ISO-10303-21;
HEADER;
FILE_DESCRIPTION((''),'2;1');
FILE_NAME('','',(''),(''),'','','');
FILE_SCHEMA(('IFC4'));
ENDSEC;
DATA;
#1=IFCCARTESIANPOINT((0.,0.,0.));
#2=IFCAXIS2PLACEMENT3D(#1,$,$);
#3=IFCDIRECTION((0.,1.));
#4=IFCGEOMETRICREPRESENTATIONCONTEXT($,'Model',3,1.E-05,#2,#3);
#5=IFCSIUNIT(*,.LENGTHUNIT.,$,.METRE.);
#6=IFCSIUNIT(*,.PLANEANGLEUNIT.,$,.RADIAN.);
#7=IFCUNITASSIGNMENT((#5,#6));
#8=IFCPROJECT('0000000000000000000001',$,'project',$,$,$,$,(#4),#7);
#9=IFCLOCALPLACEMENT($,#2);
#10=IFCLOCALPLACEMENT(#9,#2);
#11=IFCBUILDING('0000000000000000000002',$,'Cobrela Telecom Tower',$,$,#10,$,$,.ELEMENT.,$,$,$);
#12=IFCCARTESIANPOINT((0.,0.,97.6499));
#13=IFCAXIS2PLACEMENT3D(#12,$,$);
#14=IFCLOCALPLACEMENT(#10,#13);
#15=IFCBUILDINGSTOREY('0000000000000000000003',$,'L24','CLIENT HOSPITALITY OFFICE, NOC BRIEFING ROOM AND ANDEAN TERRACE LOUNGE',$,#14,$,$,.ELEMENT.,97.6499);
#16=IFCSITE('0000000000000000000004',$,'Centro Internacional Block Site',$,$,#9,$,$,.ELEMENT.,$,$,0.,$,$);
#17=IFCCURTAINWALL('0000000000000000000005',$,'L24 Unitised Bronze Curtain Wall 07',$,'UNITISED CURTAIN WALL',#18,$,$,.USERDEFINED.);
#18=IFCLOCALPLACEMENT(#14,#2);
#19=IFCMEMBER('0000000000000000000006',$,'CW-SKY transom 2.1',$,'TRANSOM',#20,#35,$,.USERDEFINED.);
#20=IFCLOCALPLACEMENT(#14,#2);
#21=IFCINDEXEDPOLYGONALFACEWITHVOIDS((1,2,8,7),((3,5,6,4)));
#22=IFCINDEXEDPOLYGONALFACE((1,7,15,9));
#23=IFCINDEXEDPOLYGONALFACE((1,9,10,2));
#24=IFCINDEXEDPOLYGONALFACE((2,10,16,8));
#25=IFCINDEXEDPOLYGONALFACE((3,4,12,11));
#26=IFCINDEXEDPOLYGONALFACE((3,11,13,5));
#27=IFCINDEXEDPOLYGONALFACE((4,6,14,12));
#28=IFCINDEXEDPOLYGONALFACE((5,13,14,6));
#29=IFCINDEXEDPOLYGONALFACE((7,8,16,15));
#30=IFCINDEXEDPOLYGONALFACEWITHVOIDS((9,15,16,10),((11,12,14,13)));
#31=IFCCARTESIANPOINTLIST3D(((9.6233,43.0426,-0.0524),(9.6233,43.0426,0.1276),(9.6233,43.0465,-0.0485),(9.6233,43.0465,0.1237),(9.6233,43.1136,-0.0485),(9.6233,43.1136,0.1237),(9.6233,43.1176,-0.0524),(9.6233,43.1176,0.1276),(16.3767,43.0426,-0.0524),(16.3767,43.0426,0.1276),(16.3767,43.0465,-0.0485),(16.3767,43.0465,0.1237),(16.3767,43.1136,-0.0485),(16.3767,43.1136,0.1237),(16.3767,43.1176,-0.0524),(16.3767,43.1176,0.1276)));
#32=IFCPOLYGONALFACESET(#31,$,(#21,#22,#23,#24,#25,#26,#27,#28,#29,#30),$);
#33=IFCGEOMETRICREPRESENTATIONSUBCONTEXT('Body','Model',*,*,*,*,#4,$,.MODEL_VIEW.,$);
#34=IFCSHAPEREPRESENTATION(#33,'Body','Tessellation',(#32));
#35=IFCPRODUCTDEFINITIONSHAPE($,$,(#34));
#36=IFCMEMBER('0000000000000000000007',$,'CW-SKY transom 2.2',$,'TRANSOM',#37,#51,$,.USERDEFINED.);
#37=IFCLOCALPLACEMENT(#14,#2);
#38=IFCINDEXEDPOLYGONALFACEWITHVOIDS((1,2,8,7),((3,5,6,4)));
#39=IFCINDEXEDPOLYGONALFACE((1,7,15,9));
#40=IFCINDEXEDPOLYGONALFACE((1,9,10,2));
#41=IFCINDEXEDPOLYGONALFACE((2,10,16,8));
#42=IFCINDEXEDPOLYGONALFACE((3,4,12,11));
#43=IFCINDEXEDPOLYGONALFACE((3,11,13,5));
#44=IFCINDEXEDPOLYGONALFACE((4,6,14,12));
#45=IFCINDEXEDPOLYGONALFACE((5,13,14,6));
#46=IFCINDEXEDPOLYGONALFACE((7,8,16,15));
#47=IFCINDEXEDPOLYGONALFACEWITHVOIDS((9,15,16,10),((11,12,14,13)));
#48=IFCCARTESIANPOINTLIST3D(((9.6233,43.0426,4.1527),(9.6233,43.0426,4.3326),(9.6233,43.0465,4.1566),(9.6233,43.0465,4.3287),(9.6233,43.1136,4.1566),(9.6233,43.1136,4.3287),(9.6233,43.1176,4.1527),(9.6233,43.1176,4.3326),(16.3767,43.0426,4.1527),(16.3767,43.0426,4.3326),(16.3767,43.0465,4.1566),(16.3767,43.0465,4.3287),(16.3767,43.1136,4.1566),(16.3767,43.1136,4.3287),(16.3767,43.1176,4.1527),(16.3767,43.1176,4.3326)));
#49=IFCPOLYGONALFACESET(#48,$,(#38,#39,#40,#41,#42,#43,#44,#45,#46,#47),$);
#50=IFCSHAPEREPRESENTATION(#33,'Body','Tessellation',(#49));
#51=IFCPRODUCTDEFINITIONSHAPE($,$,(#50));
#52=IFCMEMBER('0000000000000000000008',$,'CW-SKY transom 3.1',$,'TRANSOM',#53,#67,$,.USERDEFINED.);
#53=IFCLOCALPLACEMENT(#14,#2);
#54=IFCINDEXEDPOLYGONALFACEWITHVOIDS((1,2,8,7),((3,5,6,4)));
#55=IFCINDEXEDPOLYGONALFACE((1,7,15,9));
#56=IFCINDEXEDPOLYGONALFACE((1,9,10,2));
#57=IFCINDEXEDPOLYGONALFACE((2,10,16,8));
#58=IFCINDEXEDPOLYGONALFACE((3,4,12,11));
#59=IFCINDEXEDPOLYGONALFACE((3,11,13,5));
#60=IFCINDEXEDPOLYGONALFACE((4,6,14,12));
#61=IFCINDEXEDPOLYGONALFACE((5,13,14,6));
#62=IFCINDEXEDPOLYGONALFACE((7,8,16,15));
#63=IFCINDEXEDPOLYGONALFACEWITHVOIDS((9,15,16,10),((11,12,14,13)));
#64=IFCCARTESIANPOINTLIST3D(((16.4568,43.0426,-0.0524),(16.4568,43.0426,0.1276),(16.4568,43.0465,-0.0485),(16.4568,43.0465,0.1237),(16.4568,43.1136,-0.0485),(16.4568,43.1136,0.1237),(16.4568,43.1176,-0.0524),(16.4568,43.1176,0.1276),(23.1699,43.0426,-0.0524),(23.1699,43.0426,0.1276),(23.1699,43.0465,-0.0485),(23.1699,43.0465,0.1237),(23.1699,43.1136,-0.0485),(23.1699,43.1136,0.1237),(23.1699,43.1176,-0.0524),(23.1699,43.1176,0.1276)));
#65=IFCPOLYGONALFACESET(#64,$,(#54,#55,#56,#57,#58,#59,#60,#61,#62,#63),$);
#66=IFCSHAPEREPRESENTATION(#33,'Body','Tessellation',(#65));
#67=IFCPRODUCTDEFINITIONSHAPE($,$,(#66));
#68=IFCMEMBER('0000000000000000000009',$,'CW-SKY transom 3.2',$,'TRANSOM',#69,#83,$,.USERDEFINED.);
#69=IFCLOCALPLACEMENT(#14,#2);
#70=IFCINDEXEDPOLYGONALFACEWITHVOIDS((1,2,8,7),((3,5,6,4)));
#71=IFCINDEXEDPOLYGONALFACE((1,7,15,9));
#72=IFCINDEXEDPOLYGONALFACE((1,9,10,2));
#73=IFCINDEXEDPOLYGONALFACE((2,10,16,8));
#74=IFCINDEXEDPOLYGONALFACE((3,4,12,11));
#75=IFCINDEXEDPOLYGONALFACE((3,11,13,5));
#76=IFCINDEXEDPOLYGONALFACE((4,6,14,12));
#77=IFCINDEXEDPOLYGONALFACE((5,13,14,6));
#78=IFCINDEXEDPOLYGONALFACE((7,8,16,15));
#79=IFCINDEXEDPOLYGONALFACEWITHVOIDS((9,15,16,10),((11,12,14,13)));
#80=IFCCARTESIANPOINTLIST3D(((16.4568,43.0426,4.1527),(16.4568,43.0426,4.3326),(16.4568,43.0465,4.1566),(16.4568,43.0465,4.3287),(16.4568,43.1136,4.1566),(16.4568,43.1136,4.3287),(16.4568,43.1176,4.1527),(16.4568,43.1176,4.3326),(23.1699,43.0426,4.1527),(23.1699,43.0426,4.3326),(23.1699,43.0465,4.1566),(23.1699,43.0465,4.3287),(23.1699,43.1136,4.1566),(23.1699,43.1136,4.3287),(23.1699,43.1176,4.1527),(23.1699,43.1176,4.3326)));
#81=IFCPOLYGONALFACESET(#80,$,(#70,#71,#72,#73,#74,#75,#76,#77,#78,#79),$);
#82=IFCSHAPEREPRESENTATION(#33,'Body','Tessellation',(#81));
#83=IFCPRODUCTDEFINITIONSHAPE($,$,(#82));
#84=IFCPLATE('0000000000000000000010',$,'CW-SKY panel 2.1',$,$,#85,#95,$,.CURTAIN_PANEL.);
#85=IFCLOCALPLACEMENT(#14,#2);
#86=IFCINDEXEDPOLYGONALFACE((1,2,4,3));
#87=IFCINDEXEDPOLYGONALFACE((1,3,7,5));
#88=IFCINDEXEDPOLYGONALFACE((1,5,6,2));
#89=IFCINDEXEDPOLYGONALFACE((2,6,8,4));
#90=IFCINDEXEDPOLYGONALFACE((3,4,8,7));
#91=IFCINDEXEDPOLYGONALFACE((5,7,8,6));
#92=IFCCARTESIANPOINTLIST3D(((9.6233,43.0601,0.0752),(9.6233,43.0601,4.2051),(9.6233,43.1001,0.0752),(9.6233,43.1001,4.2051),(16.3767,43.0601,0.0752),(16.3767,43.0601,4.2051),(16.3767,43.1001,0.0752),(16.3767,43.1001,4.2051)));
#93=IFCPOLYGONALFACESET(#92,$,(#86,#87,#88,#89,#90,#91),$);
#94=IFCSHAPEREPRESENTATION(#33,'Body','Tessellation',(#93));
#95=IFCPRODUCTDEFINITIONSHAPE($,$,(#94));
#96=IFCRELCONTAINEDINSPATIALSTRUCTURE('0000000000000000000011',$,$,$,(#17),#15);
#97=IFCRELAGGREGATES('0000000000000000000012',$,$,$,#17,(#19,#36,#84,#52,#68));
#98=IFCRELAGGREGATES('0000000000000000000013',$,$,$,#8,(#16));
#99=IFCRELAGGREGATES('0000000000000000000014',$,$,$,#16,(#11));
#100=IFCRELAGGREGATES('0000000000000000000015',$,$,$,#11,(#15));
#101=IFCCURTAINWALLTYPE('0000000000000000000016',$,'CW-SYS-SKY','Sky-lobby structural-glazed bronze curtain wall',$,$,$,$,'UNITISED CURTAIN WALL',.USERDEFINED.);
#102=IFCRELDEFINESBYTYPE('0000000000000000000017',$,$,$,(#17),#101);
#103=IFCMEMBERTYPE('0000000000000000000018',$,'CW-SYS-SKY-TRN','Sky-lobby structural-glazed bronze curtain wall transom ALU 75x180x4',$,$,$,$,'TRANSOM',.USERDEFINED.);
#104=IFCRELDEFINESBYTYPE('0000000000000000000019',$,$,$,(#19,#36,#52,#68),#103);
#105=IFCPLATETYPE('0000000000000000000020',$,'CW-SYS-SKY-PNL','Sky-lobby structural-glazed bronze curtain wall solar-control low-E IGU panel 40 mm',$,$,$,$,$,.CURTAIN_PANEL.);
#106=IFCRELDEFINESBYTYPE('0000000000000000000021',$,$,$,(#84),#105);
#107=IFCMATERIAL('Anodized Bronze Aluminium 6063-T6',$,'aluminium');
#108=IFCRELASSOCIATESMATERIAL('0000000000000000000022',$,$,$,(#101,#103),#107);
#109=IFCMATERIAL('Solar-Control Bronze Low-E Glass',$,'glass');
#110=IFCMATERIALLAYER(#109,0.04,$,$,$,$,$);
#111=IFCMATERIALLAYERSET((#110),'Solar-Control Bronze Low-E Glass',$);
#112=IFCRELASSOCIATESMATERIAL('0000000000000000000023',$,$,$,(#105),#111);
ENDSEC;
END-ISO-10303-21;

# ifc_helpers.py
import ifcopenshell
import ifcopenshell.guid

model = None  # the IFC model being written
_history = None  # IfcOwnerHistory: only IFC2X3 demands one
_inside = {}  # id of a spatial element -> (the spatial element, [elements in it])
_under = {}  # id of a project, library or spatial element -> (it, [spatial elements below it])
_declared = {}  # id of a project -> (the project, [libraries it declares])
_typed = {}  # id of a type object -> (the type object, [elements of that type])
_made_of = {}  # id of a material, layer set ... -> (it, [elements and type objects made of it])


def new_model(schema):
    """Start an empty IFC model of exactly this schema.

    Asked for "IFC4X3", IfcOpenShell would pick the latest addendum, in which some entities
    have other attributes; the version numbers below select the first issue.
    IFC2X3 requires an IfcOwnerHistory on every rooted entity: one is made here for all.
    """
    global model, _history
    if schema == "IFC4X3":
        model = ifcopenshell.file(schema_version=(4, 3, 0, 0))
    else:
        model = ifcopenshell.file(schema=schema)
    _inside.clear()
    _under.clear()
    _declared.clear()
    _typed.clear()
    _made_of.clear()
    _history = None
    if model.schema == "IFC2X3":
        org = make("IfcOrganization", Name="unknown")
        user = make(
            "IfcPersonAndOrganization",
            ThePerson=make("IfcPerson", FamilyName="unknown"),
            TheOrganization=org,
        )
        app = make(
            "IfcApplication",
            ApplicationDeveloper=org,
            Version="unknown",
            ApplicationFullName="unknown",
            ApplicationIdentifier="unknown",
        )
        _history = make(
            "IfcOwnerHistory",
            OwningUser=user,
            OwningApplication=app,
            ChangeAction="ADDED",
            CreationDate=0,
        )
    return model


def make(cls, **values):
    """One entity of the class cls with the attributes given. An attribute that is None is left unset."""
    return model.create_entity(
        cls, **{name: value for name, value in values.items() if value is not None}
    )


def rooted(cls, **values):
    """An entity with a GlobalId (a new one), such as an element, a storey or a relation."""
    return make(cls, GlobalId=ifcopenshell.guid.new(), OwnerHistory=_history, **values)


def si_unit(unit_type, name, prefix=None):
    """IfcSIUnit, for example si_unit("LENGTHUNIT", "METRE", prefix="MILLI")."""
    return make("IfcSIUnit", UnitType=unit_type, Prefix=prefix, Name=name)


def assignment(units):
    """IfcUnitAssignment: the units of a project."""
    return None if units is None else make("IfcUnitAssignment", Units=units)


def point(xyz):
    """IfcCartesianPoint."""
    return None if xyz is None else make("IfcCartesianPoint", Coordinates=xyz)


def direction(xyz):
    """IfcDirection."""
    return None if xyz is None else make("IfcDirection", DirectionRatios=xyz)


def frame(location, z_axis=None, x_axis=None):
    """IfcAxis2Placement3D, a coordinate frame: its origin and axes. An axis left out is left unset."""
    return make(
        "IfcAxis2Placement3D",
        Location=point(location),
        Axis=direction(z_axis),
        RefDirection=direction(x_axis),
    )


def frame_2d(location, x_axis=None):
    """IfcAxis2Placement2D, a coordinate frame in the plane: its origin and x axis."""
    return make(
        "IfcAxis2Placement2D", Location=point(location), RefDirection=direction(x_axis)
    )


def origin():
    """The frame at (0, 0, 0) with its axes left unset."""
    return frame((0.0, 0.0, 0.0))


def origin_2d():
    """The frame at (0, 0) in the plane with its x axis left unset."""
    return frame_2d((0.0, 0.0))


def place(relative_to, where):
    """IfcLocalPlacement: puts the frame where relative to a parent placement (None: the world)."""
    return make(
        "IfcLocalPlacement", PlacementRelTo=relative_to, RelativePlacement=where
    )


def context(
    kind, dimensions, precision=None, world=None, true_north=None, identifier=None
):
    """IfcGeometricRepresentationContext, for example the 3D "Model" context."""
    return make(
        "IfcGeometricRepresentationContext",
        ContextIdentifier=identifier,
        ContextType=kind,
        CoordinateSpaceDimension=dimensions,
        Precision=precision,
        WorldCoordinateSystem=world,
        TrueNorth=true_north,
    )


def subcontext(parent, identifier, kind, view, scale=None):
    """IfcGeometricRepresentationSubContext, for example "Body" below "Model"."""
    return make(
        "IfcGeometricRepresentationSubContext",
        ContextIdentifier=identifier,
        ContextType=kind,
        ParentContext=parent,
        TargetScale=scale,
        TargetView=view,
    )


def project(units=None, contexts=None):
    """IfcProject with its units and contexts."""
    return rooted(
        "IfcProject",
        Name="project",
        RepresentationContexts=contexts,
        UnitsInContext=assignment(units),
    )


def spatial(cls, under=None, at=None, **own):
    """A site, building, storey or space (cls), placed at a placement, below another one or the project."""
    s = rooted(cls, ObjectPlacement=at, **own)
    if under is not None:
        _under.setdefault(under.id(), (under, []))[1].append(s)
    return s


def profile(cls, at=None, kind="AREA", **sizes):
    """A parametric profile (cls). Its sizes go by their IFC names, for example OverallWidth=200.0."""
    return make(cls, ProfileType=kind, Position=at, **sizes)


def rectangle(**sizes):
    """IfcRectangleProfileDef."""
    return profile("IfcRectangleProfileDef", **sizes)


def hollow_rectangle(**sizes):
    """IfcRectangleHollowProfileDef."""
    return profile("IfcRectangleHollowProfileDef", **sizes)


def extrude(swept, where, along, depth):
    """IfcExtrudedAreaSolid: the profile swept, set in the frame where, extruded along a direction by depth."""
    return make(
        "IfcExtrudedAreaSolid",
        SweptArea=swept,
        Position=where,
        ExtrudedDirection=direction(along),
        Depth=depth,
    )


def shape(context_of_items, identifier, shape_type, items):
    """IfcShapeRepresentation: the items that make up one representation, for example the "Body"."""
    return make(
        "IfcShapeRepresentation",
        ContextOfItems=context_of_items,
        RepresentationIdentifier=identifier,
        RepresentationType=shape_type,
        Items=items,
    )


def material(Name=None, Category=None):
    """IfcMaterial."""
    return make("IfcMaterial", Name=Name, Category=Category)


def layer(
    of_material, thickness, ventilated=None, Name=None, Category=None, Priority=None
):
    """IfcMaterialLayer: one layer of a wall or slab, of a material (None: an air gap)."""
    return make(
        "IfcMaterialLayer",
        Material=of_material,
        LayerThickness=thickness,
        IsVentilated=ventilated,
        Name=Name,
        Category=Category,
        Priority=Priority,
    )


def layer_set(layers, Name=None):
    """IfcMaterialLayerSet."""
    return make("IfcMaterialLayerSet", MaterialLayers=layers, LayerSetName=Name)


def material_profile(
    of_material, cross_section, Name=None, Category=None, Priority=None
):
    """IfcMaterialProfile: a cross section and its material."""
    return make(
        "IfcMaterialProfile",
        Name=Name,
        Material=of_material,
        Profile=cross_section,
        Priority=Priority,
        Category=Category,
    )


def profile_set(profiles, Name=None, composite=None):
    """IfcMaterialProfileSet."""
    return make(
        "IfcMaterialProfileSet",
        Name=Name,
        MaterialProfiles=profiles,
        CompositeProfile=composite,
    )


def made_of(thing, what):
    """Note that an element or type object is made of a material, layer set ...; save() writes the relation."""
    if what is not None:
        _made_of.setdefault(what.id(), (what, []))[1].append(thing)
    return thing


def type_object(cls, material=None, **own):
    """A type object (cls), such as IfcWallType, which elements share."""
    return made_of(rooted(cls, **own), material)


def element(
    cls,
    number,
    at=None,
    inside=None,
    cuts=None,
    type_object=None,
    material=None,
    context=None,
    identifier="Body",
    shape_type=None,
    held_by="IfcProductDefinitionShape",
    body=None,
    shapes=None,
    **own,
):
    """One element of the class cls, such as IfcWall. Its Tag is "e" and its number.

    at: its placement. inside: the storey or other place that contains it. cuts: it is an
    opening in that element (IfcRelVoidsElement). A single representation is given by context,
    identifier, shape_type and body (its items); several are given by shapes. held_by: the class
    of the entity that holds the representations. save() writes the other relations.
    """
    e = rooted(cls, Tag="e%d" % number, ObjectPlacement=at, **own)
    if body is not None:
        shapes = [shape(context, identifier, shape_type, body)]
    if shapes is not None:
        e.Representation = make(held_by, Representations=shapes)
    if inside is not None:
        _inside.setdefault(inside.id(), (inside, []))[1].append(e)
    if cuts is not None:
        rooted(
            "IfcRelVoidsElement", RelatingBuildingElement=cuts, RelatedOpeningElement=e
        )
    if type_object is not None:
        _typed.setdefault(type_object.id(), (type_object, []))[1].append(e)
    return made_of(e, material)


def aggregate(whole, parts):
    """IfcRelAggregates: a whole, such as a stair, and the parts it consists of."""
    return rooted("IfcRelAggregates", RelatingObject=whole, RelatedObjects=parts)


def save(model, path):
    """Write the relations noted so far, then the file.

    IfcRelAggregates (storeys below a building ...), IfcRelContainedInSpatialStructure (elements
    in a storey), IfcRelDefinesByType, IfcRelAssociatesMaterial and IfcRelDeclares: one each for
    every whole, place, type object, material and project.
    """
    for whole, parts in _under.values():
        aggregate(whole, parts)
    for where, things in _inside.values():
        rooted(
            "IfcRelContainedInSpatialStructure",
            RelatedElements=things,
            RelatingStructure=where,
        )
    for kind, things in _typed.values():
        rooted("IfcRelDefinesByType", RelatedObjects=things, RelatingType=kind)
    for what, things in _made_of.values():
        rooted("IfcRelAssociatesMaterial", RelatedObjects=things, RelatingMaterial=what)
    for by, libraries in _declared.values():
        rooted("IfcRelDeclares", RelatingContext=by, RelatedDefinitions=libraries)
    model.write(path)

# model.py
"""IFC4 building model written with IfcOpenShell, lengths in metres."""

from ifc_helpers import new_model, si_unit, direction, frame, origin, origin_2d, place, context, subcontext, project, spatial, rectangle, hollow_rectangle, extrude, material, layer, layer_set, material_profile, profile_set, type_object, element, aggregate, save


model = new_model("IFC4")

# Units and contexts
model_context = context("Model", 3, precision=1e-05, world=origin(), true_north=direction((0.0, 1.0)))
body_context = subcontext(model_context, "Body", "Model", "MODEL_VIEW")
ifc_project = project(units=[si_unit("LENGTHUNIT", "METRE"), si_unit("PLANEANGLEUNIT", "RADIAN")], contexts=[model_context])

# Site, building, storey
site_placement = place(None, origin())
site = spatial("IfcSite", under=ifc_project, at=site_placement, Name="Centro Internacional Block Site", CompositionType="ELEMENT", RefElevation=0.0)
building_placement = place(site_placement, origin())
building = spatial("IfcBuilding", under=site, at=building_placement, Name="Cobrela Telecom Tower", CompositionType="ELEMENT")
storey_placement = place(building_placement, frame((0.0, 0.0, 97.6499)))
storey = spatial("IfcBuildingStorey", under=building, at=storey_placement, Name="L24", Description="CLIENT HOSPITALITY OFFICE, NOC BRIEFING ROOM AND ANDEAN TERRACE LOUNGE", CompositionType="ELEMENT", Elevation=97.6499)

# Curtain wall, members, plate
ifc_material_1 = material(Name="Anodized Bronze Aluminium 6063-T6", Category="aluminium")
curtain_wall_type = type_object("IfcCurtainWallType", Name="CW-SYS-SKY", Description="Sky-lobby structural-glazed bronze curtain wall", ElementType="UNITISED CURTAIN WALL", PredefinedType="USERDEFINED", material=ifc_material_1)
curtain_wall_placement = place(storey_placement, origin())
curtain_wall = element("IfcCurtainWall", 1, at=curtain_wall_placement, inside=storey, type_object=curtain_wall_type, Name="L24 Unitised Bronze Curtain Wall 07", ObjectType="UNITISED CURTAIN WALL", PredefinedType="USERDEFINED")
ifc_material_profile_1 = material_profile(ifc_material_1, hollow_rectangle(XDim=0.075, YDim=0.1799, WallThickness=0.0039, at=origin_2d()), Name="ALU 75x180x4")
ifc_profile_set_1 = profile_set([ifc_material_profile_1], Name="Anodized Bronze Aluminium 6063-T6")
member_type_1 = type_object("IfcMemberType", Name="CW-SYS-SKY-TRN", Description="Sky-lobby structural-glazed bronze curtain wall transom ALU 75x180x4", ElementType="TRANSOM", PredefinedType="USERDEFINED", material=ifc_profile_set_1)
member_1_placement = place(storey_placement, frame((9.6233, 43.0801, 0.0376), z_axis=(1.0, 0.0, 0.0), x_axis=(0.0, 1.0, 0.0)))
member_1 = element("IfcMember", 2, at=member_1_placement, type_object=member_type_1, Name="CW-SKY transom 2.1", ObjectType="TRANSOM", PredefinedType="USERDEFINED", context=body_context, shape_type="SweptSolid", body=[
    extrude(hollow_rectangle(XDim=0.075, YDim=0.1799, WallThickness=0.0039, at=origin_2d()), origin(), (0.0, 0.0, 1.0), 6.7534),
])
member_2_placement = place(storey_placement, frame((9.6233, 43.0801, 4.2427), z_axis=(1.0, 0.0, 0.0), x_axis=(0.0, 1.0, 0.0)))
member_2 = element("IfcMember", 3, at=member_2_placement, type_object=member_type_1, Name="CW-SKY transom 2.2", ObjectType="TRANSOM", PredefinedType="USERDEFINED", context=body_context, shape_type="SweptSolid", body=[
    extrude(hollow_rectangle(XDim=0.075, YDim=0.1799, WallThickness=0.0039, at=origin_2d()), origin(), (0.0, 0.0, 1.0), 6.7534),
])
member_3_placement = place(storey_placement, frame((16.4568, 43.0801, 0.0376), z_axis=(1.0, 0.0, 0.0), x_axis=(0.0, 1.0, 0.0)))
member_3 = element("IfcMember", 4, at=member_3_placement, type_object=member_type_1, Name="CW-SKY transom 3.1", ObjectType="TRANSOM", PredefinedType="USERDEFINED", context=body_context, shape_type="SweptSolid", body=[
    extrude(hollow_rectangle(XDim=0.075, YDim=0.1799, WallThickness=0.0039, at=origin_2d()), origin(), (0.0, 0.0, 1.0), 6.7131),
])
member_4_placement = place(storey_placement, frame((16.4568, 43.0801, 4.2427), z_axis=(1.0, 0.0, 0.0), x_axis=(0.0, 1.0, 0.0)))
member_4 = element("IfcMember", 5, at=member_4_placement, type_object=member_type_1, Name="CW-SKY transom 3.2", ObjectType="TRANSOM", PredefinedType="USERDEFINED", context=body_context, shape_type="SweptSolid", body=[
    extrude(hollow_rectangle(XDim=0.075, YDim=0.1799, WallThickness=0.0039, at=origin_2d()), origin(), (0.0, 0.0, 1.0), 6.7131),
])
ifc_material_2 = material(Name="Solar-Control Bronze Low-E Glass", Category="glass")
ifc_layer_1 = layer(ifc_material_2, 0.04)
ifc_layer_set_1 = layer_set([ifc_layer_1], Name="Solar-Control Bronze Low-E Glass")
plate_type = type_object("IfcPlateType", Name="CW-SYS-SKY-PNL", Description="Sky-lobby structural-glazed bronze curtain wall solar-control low-E IGU panel 40 mm", PredefinedType="CURTAIN_PANEL", material=ifc_layer_set_1)
plate_placement = place(storey_placement, frame((13.0, 43.0801, 0.0752), z_axis=(0.0, 0.0, 1.0), x_axis=(1.0, 0.0, 0.0)))
plate = element("IfcPlate", 6, at=plate_placement, type_object=plate_type, Name="CW-SKY panel 2.1", PredefinedType="CURTAIN_PANEL", context=body_context, shape_type="SweptSolid", body=[
    extrude(rectangle(XDim=6.7534, YDim=0.04, at=origin_2d()), origin(), (0.0, 0.0, 1.0), 4.1299),
])
aggregate(curtain_wall, [member_1, member_2, plate, member_3, member_4])

save(model, "model.ifc")
